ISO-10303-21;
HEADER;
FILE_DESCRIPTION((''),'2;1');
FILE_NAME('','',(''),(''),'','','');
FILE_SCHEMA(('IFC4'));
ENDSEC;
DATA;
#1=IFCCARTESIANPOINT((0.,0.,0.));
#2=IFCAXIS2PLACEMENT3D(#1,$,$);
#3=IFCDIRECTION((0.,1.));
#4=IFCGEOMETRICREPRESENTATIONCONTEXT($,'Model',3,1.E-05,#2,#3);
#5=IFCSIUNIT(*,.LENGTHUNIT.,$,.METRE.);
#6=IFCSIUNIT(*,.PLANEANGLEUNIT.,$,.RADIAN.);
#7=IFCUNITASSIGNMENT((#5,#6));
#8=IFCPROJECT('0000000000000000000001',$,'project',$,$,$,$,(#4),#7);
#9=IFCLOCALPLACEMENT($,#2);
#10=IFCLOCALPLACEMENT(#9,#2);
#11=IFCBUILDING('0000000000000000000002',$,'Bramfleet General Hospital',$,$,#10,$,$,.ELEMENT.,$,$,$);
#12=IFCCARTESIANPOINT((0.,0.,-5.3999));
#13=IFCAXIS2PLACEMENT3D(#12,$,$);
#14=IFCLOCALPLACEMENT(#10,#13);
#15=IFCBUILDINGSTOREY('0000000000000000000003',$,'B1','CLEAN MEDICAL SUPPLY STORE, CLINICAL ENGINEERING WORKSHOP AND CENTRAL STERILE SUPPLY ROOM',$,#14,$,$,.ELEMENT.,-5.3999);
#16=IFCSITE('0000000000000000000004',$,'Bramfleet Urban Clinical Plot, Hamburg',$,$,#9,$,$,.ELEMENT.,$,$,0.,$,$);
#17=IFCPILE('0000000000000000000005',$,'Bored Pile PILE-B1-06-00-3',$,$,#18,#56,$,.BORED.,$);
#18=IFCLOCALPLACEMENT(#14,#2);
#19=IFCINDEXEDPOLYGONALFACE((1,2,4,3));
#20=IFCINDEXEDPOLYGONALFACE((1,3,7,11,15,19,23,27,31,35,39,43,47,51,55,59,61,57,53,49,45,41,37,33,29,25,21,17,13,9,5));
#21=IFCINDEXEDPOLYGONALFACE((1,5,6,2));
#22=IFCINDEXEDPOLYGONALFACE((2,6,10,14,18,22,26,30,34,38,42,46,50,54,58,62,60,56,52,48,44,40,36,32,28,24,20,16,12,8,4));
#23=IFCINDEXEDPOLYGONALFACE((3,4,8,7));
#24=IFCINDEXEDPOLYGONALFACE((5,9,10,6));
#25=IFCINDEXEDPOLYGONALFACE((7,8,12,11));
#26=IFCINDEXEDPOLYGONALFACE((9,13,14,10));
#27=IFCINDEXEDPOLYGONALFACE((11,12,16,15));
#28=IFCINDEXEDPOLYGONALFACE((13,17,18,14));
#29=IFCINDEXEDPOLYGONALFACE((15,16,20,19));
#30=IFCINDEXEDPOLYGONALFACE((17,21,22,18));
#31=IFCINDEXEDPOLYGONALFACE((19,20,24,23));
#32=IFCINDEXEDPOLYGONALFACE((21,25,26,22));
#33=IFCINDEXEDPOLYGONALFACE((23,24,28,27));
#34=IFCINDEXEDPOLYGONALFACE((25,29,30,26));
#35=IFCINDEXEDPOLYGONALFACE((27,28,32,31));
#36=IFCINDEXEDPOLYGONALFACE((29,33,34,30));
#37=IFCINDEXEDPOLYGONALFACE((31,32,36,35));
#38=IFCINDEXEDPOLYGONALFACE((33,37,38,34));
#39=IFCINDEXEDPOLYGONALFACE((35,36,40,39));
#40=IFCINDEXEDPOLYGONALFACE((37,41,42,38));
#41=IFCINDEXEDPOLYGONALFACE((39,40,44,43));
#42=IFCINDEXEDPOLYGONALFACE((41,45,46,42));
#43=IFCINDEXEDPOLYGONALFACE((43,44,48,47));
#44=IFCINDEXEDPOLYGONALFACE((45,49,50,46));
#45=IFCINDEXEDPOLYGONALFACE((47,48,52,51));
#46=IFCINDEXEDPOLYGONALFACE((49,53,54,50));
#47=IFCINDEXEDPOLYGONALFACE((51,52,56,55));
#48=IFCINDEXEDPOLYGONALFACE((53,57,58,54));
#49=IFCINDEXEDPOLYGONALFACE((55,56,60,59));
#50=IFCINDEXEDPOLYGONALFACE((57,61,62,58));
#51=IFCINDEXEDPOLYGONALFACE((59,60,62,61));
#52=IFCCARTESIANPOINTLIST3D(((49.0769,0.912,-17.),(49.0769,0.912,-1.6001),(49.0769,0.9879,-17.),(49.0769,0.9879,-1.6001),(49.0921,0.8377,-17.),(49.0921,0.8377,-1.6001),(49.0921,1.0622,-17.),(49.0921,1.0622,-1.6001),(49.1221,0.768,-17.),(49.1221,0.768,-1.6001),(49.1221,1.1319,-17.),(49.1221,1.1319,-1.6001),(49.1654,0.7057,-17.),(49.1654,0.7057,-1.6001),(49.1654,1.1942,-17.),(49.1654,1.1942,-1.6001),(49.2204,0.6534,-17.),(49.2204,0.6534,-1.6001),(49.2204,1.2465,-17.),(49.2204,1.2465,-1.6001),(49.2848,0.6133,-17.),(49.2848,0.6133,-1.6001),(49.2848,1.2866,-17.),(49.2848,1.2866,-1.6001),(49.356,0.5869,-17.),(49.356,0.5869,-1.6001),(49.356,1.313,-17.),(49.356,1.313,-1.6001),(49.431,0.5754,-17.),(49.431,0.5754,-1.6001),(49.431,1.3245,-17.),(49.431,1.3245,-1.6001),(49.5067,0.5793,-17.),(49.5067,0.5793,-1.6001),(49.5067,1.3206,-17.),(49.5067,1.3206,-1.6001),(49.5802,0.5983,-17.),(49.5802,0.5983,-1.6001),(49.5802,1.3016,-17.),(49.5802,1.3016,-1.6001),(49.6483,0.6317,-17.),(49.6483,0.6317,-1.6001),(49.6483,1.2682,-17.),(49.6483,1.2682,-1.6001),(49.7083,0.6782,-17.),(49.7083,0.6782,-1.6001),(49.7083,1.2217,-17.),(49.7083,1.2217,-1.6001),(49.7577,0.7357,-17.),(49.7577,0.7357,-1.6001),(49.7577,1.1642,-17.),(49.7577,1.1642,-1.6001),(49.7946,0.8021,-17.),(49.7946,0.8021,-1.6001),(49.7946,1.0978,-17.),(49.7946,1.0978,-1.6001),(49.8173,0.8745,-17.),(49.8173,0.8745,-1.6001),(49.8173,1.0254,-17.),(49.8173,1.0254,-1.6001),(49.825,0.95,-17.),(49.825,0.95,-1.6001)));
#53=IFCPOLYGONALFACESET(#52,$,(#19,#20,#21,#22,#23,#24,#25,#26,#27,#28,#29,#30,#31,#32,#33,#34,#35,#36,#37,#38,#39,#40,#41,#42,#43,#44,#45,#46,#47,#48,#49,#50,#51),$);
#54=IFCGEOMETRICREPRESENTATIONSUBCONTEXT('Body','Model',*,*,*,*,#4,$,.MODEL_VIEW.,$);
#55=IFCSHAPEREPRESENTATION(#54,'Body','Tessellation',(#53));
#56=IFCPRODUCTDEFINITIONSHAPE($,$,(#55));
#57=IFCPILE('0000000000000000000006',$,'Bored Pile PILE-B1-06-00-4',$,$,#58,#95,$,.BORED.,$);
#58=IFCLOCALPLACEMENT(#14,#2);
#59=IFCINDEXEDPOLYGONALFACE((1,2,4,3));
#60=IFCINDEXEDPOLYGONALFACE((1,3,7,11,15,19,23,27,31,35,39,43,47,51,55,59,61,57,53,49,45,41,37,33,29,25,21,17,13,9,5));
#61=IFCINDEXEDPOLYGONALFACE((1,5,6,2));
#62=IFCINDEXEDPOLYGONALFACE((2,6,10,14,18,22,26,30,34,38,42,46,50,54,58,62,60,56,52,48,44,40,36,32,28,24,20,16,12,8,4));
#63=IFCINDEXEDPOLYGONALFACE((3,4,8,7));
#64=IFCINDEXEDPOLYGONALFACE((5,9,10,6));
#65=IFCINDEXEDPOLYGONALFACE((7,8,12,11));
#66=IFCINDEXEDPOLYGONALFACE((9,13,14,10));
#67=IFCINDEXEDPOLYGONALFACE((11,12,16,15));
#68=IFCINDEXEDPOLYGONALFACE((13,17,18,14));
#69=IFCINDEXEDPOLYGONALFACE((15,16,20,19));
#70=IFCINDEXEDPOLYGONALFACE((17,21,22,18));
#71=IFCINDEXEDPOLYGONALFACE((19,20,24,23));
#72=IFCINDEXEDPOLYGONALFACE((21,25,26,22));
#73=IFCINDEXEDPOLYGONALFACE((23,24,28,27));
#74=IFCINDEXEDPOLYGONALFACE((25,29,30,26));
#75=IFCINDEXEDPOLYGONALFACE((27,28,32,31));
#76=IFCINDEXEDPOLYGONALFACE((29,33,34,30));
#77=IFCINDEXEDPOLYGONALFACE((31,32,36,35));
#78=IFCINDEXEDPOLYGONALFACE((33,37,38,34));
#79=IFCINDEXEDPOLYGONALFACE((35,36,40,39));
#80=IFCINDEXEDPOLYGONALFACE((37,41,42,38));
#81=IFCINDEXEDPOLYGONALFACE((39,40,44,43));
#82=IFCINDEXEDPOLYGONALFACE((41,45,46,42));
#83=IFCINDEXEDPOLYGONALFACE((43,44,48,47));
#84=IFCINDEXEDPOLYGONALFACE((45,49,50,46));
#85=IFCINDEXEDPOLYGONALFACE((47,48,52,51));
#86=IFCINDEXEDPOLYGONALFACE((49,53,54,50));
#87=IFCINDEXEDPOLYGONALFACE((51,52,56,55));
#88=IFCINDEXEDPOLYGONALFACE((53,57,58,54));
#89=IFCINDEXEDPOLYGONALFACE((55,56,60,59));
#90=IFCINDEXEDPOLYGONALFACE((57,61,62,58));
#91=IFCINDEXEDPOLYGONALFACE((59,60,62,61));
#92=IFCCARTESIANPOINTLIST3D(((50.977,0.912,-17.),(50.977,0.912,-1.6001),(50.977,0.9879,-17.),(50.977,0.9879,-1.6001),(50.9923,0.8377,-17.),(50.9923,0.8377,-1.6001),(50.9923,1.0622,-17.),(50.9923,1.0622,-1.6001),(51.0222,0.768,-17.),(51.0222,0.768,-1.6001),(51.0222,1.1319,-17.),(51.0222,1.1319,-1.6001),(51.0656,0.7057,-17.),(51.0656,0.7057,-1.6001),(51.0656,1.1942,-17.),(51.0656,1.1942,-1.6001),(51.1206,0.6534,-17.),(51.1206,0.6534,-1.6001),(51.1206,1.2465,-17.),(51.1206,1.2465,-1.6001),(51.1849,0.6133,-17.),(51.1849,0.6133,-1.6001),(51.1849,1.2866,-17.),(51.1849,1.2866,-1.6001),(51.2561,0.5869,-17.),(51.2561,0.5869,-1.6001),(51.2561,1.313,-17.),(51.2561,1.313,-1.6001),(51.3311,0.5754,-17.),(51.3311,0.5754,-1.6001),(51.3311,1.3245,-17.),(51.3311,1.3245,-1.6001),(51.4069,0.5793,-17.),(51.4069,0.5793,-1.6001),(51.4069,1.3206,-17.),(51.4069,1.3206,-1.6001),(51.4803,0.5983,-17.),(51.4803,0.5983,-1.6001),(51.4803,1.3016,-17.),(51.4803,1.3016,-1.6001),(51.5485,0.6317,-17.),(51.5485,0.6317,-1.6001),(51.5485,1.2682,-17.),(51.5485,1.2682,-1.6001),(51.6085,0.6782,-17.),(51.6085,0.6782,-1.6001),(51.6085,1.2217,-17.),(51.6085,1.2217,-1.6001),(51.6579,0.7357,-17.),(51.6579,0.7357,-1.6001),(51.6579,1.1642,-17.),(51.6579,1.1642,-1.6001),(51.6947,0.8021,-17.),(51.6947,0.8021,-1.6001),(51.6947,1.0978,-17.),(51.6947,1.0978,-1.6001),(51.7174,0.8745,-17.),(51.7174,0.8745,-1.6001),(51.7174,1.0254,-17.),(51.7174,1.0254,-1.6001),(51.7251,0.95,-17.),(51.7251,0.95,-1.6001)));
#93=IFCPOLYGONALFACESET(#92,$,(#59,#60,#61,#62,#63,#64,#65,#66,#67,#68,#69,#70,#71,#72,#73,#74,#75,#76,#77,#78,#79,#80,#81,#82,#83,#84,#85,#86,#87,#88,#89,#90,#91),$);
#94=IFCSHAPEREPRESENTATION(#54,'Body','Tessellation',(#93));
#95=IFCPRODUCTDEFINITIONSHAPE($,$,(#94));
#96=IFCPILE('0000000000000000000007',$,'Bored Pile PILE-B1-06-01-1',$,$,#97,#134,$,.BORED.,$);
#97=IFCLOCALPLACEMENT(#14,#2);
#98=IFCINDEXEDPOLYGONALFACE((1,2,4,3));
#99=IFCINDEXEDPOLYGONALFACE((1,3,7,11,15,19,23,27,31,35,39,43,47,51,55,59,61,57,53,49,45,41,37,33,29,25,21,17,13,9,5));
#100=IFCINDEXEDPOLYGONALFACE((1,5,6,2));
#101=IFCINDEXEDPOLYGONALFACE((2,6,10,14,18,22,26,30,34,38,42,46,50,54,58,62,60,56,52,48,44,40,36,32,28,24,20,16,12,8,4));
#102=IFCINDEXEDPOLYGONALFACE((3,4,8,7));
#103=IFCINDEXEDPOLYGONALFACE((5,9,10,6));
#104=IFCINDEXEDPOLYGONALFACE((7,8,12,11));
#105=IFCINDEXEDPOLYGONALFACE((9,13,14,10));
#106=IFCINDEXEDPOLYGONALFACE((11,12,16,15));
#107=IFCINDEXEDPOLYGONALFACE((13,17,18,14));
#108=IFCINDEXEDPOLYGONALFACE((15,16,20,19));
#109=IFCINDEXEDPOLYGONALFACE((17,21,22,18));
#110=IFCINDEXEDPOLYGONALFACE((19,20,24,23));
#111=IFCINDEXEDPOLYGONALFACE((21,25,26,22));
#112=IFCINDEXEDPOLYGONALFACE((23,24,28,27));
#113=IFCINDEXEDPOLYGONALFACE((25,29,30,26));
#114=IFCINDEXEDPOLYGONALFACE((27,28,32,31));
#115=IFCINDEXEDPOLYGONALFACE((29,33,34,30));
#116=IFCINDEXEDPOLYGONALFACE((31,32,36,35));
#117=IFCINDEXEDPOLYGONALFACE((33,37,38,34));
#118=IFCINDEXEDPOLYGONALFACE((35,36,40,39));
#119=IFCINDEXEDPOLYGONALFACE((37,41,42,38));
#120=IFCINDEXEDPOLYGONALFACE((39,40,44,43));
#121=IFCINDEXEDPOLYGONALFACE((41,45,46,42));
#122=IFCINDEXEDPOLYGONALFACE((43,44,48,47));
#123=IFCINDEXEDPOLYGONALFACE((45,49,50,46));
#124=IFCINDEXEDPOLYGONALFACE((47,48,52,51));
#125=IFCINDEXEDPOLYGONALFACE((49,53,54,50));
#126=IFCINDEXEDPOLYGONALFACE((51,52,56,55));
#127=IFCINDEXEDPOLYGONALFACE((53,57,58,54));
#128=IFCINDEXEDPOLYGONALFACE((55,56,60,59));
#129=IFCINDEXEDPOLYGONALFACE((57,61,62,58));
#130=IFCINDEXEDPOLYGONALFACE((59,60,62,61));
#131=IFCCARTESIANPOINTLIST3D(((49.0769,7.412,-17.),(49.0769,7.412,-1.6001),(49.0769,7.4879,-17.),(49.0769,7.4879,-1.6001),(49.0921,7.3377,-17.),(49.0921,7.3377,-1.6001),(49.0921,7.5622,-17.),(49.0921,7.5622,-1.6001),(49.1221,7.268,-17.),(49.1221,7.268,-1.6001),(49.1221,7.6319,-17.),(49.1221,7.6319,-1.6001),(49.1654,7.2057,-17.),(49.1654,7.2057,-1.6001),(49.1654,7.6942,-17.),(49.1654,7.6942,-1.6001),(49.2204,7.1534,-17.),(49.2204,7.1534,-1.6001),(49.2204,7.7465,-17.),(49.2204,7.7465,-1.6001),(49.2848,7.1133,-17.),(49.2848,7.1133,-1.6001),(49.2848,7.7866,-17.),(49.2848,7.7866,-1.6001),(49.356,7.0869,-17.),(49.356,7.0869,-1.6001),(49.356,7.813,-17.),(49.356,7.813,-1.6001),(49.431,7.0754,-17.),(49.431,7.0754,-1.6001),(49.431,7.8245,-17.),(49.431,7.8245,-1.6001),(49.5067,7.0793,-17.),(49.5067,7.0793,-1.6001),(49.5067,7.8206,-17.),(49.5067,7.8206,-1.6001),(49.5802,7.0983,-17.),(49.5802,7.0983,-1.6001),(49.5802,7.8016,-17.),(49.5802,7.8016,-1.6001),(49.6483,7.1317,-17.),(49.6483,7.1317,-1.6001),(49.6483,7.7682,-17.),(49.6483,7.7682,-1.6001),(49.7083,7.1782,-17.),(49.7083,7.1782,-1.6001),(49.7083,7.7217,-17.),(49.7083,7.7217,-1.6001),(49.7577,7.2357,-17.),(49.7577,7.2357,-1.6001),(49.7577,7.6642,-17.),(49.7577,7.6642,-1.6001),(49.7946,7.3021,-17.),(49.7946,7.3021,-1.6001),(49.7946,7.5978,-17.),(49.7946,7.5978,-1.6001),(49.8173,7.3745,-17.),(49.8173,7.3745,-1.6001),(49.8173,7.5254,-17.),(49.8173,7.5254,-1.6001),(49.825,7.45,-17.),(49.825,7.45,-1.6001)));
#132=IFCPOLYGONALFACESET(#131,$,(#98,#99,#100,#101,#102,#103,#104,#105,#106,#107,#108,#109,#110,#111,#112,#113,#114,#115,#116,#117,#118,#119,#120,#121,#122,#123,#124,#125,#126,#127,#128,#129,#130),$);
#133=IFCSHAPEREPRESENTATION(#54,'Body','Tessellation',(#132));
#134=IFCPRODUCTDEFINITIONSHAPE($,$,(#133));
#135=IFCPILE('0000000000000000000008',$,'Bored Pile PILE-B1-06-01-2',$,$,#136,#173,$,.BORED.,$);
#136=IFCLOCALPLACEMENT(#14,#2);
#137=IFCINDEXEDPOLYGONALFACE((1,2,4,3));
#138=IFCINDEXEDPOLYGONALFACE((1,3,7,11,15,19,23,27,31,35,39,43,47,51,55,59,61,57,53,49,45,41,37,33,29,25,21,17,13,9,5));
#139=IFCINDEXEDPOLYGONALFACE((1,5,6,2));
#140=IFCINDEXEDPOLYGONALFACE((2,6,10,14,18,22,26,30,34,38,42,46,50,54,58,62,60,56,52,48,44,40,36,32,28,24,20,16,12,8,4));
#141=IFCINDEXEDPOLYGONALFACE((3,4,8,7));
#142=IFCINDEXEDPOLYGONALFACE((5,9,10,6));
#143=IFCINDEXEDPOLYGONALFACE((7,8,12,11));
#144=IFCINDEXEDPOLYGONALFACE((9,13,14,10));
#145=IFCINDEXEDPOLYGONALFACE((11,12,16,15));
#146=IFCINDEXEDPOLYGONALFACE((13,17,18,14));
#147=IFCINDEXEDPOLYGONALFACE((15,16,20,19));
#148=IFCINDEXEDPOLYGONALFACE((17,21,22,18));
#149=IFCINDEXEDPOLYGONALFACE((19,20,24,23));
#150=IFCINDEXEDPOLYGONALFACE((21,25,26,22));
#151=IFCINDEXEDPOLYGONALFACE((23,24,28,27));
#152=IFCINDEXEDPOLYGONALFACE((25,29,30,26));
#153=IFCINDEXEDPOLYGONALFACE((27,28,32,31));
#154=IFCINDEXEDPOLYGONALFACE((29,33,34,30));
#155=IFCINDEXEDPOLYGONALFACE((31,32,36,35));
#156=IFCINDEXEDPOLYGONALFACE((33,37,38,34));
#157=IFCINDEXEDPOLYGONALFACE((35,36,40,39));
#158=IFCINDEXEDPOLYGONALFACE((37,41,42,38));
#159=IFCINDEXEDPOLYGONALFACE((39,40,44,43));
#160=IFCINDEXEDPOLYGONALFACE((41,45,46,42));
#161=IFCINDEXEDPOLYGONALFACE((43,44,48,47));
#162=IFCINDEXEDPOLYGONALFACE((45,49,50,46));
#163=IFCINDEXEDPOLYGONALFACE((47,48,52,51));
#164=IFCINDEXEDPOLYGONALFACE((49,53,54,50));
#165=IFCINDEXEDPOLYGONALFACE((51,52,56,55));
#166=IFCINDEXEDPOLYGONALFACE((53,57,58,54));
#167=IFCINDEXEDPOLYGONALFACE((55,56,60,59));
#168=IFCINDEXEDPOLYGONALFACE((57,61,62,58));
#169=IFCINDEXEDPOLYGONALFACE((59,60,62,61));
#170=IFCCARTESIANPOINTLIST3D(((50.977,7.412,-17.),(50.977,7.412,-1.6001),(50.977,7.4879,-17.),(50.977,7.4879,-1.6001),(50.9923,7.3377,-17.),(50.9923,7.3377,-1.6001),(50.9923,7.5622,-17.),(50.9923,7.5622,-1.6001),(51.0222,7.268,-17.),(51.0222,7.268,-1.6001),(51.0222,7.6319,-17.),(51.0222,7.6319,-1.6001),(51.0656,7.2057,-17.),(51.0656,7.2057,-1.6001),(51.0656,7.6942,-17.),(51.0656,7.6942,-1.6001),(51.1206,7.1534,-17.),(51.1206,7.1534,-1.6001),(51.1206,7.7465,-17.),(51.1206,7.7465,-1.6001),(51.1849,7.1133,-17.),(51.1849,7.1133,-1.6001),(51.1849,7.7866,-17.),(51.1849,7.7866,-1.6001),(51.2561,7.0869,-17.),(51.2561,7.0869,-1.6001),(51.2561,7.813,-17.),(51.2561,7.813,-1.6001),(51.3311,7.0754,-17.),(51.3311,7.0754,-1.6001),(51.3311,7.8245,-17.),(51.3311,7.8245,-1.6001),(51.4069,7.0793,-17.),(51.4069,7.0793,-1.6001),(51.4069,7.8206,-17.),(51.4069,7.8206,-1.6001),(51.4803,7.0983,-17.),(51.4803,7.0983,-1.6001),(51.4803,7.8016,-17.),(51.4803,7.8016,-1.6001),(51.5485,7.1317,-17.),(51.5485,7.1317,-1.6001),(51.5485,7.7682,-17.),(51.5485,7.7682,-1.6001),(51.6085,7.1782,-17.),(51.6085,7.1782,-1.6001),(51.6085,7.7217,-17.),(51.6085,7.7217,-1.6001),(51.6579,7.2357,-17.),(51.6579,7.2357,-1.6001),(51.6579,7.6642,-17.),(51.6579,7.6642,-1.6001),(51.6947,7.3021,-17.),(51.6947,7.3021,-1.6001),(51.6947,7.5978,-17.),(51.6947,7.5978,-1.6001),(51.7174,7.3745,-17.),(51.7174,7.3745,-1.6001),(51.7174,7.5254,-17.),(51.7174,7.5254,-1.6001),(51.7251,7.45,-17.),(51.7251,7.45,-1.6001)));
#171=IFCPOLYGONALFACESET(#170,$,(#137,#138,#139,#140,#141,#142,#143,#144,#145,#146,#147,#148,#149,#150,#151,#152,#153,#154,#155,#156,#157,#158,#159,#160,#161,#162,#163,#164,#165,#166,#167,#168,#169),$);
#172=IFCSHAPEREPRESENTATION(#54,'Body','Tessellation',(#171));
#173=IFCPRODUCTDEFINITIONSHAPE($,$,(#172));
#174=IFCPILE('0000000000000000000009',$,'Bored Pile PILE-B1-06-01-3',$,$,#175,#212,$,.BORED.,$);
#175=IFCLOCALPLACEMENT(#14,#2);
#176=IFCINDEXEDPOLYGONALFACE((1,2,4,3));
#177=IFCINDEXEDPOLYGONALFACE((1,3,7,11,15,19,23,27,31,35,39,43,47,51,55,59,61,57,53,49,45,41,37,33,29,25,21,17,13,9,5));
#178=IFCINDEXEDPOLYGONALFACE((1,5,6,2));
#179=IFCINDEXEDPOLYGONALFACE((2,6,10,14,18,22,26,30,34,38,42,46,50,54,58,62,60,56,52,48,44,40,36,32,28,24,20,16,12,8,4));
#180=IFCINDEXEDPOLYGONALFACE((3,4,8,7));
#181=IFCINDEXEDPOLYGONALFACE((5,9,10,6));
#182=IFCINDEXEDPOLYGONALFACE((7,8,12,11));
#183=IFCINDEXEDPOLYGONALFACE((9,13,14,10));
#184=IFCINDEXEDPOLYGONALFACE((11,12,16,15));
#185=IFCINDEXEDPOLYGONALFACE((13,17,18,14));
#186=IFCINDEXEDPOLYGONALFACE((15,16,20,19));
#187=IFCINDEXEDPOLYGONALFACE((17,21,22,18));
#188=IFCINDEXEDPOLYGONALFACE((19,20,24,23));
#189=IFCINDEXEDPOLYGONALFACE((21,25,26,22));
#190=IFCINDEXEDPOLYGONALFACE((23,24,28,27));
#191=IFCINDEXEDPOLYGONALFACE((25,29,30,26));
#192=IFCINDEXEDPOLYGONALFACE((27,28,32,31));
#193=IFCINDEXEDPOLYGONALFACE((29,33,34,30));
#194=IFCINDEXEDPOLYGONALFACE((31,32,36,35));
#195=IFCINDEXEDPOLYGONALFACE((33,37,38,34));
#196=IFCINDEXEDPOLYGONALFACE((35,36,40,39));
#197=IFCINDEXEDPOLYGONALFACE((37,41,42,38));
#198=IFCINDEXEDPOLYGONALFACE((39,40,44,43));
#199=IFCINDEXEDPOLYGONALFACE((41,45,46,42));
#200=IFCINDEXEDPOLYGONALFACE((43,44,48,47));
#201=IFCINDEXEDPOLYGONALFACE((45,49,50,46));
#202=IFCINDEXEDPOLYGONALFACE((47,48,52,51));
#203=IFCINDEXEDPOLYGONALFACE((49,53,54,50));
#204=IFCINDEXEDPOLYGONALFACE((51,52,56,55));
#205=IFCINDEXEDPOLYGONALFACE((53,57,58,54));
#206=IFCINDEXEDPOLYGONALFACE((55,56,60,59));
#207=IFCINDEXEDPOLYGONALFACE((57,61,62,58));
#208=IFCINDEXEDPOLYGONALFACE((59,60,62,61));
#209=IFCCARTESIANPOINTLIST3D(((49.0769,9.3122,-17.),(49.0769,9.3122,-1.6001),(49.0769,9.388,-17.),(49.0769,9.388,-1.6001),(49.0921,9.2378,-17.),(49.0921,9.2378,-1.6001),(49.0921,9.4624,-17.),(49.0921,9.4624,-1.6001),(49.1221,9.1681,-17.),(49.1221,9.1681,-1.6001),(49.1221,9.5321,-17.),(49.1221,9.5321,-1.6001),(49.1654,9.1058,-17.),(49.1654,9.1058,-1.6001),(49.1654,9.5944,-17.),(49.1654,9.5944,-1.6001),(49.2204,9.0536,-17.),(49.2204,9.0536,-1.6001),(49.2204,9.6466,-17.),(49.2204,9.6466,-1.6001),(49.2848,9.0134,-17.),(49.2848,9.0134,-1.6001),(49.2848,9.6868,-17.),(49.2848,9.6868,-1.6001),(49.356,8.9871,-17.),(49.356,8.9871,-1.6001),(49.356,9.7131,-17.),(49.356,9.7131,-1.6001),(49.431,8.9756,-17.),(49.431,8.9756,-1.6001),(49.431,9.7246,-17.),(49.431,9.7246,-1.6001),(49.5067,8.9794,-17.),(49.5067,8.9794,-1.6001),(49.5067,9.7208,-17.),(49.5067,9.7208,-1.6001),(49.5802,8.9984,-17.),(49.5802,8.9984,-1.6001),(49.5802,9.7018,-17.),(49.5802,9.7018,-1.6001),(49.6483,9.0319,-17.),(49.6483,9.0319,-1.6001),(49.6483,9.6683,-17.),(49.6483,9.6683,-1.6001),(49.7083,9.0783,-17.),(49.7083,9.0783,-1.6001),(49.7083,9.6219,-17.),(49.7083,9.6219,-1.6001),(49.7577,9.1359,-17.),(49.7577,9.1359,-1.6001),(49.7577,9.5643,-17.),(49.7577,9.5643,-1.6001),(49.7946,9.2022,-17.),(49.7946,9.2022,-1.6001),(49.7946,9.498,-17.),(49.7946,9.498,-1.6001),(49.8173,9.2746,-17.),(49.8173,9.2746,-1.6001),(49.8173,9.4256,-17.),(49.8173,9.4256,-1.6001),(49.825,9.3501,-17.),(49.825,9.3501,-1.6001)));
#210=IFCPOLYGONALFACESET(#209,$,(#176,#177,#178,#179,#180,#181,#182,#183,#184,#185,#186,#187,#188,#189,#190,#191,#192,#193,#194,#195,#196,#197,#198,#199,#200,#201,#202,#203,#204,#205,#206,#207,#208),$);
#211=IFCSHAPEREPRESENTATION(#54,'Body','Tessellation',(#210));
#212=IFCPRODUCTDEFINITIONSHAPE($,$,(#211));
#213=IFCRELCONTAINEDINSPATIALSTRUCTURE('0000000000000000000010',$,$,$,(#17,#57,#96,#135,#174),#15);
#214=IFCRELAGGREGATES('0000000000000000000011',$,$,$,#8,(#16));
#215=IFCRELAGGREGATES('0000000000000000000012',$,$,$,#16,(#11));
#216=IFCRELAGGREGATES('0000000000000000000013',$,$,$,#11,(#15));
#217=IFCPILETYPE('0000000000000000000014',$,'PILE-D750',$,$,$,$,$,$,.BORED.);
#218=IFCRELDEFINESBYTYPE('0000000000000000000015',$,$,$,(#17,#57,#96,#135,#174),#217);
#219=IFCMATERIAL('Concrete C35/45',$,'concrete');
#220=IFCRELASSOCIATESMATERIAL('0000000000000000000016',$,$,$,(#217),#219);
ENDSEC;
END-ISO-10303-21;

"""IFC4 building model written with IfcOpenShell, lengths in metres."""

from ifc_helpers import new_model, si_unit, direction, frame, origin, origin_2d, place, context, subcontext, project, spatial, circle, extrude, material, material_profile, profile_set, type_object, element, save


model = new_model("IFC4")

# Units and contexts
model_context = context("Model", 3, precision=1e-05, world=origin(), true_north=direction((0.0, 1.0)))
body_context = subcontext(model_context, "Body", "Model", "MODEL_VIEW")
ifc_project = project(units=[si_unit("LENGTHUNIT", "METRE"), si_unit("PLANEANGLEUNIT", "RADIAN")], contexts=[model_context])

# Site, building, storey
site_placement = place(None, origin())
site = spatial("IfcSite", under=ifc_project, at=site_placement, Name="Bramfleet Urban Clinical Plot, Hamburg", CompositionType="ELEMENT", RefElevation=0.0)
building_placement = place(site_placement, origin())
building = spatial("IfcBuilding", under=site, at=building_placement, Name="Bramfleet General Hospital", CompositionType="ELEMENT")
storey_placement = place(building_placement, frame((0.0, 0.0, -5.3999)))
storey = spatial("IfcBuildingStorey", under=building, at=storey_placement, Name="B1", Description="CLEAN MEDICAL SUPPLY STORE, CLINICAL ENGINEERING WORKSHOP AND CENTRAL STERILE SUPPLY ROOM", CompositionType="ELEMENT", Elevation=-5.3999)

# Shared definitions
ifc_material_1 = material(Name="Concrete C35/45", Category="concrete")

# Piles
ifc_material_profile_1 = material_profile(ifc_material_1, circle(Radius=0.375, at=origin_2d()), Name="PILE BORED D750")
ifc_profile_set_1 = profile_set([ifc_material_profile_1], Name="Concrete C35/45")
pile_type = type_object("IfcPileType", Name="PILE-D750", PredefinedType="BORED", material=ifc_profile_set_1)
for number, where, z_axis, x_axis, name in (
    (1, (49.45, 0.95, -1.6001), (0.0, 0.0, -1.0), (1.0, 0.0, 0.0), "Bored Pile PILE-B1-06-00-3"),
    (2, (51.3501, 0.95, -1.6001), (0.0, 0.0, -1.0), (1.0, 0.0, 0.0), "Bored Pile PILE-B1-06-00-4"),
    (3, (49.45, 7.45, -1.6001), (0.0, 0.0, -1.0), (1.0, 0.0, 0.0), "Bored Pile PILE-B1-06-01-1"),
    (4, (51.3501, 7.45, -1.6001), (0.0, 0.0, -1.0), (1.0, 0.0, 0.0), "Bored Pile PILE-B1-06-01-2"),
    (5, (49.45, 9.3501, -1.6001), (0.0, 0.0, -1.0), (1.0, 0.0, 0.0), "Bored Pile PILE-B1-06-01-3"),
):
    element("IfcPile", number, at=place(storey_placement, frame(where, z_axis=z_axis, x_axis=x_axis)), inside=storey, type_object=pile_type, Name=name, PredefinedType="BORED", context=body_context, shape_type="SweptSolid", body=[
        extrude(circle(Radius=0.375, at=origin_2d()), origin(), (0.0, 0.0, 1.0), 15.3999),
    ])

save(model, "model.ifc")
